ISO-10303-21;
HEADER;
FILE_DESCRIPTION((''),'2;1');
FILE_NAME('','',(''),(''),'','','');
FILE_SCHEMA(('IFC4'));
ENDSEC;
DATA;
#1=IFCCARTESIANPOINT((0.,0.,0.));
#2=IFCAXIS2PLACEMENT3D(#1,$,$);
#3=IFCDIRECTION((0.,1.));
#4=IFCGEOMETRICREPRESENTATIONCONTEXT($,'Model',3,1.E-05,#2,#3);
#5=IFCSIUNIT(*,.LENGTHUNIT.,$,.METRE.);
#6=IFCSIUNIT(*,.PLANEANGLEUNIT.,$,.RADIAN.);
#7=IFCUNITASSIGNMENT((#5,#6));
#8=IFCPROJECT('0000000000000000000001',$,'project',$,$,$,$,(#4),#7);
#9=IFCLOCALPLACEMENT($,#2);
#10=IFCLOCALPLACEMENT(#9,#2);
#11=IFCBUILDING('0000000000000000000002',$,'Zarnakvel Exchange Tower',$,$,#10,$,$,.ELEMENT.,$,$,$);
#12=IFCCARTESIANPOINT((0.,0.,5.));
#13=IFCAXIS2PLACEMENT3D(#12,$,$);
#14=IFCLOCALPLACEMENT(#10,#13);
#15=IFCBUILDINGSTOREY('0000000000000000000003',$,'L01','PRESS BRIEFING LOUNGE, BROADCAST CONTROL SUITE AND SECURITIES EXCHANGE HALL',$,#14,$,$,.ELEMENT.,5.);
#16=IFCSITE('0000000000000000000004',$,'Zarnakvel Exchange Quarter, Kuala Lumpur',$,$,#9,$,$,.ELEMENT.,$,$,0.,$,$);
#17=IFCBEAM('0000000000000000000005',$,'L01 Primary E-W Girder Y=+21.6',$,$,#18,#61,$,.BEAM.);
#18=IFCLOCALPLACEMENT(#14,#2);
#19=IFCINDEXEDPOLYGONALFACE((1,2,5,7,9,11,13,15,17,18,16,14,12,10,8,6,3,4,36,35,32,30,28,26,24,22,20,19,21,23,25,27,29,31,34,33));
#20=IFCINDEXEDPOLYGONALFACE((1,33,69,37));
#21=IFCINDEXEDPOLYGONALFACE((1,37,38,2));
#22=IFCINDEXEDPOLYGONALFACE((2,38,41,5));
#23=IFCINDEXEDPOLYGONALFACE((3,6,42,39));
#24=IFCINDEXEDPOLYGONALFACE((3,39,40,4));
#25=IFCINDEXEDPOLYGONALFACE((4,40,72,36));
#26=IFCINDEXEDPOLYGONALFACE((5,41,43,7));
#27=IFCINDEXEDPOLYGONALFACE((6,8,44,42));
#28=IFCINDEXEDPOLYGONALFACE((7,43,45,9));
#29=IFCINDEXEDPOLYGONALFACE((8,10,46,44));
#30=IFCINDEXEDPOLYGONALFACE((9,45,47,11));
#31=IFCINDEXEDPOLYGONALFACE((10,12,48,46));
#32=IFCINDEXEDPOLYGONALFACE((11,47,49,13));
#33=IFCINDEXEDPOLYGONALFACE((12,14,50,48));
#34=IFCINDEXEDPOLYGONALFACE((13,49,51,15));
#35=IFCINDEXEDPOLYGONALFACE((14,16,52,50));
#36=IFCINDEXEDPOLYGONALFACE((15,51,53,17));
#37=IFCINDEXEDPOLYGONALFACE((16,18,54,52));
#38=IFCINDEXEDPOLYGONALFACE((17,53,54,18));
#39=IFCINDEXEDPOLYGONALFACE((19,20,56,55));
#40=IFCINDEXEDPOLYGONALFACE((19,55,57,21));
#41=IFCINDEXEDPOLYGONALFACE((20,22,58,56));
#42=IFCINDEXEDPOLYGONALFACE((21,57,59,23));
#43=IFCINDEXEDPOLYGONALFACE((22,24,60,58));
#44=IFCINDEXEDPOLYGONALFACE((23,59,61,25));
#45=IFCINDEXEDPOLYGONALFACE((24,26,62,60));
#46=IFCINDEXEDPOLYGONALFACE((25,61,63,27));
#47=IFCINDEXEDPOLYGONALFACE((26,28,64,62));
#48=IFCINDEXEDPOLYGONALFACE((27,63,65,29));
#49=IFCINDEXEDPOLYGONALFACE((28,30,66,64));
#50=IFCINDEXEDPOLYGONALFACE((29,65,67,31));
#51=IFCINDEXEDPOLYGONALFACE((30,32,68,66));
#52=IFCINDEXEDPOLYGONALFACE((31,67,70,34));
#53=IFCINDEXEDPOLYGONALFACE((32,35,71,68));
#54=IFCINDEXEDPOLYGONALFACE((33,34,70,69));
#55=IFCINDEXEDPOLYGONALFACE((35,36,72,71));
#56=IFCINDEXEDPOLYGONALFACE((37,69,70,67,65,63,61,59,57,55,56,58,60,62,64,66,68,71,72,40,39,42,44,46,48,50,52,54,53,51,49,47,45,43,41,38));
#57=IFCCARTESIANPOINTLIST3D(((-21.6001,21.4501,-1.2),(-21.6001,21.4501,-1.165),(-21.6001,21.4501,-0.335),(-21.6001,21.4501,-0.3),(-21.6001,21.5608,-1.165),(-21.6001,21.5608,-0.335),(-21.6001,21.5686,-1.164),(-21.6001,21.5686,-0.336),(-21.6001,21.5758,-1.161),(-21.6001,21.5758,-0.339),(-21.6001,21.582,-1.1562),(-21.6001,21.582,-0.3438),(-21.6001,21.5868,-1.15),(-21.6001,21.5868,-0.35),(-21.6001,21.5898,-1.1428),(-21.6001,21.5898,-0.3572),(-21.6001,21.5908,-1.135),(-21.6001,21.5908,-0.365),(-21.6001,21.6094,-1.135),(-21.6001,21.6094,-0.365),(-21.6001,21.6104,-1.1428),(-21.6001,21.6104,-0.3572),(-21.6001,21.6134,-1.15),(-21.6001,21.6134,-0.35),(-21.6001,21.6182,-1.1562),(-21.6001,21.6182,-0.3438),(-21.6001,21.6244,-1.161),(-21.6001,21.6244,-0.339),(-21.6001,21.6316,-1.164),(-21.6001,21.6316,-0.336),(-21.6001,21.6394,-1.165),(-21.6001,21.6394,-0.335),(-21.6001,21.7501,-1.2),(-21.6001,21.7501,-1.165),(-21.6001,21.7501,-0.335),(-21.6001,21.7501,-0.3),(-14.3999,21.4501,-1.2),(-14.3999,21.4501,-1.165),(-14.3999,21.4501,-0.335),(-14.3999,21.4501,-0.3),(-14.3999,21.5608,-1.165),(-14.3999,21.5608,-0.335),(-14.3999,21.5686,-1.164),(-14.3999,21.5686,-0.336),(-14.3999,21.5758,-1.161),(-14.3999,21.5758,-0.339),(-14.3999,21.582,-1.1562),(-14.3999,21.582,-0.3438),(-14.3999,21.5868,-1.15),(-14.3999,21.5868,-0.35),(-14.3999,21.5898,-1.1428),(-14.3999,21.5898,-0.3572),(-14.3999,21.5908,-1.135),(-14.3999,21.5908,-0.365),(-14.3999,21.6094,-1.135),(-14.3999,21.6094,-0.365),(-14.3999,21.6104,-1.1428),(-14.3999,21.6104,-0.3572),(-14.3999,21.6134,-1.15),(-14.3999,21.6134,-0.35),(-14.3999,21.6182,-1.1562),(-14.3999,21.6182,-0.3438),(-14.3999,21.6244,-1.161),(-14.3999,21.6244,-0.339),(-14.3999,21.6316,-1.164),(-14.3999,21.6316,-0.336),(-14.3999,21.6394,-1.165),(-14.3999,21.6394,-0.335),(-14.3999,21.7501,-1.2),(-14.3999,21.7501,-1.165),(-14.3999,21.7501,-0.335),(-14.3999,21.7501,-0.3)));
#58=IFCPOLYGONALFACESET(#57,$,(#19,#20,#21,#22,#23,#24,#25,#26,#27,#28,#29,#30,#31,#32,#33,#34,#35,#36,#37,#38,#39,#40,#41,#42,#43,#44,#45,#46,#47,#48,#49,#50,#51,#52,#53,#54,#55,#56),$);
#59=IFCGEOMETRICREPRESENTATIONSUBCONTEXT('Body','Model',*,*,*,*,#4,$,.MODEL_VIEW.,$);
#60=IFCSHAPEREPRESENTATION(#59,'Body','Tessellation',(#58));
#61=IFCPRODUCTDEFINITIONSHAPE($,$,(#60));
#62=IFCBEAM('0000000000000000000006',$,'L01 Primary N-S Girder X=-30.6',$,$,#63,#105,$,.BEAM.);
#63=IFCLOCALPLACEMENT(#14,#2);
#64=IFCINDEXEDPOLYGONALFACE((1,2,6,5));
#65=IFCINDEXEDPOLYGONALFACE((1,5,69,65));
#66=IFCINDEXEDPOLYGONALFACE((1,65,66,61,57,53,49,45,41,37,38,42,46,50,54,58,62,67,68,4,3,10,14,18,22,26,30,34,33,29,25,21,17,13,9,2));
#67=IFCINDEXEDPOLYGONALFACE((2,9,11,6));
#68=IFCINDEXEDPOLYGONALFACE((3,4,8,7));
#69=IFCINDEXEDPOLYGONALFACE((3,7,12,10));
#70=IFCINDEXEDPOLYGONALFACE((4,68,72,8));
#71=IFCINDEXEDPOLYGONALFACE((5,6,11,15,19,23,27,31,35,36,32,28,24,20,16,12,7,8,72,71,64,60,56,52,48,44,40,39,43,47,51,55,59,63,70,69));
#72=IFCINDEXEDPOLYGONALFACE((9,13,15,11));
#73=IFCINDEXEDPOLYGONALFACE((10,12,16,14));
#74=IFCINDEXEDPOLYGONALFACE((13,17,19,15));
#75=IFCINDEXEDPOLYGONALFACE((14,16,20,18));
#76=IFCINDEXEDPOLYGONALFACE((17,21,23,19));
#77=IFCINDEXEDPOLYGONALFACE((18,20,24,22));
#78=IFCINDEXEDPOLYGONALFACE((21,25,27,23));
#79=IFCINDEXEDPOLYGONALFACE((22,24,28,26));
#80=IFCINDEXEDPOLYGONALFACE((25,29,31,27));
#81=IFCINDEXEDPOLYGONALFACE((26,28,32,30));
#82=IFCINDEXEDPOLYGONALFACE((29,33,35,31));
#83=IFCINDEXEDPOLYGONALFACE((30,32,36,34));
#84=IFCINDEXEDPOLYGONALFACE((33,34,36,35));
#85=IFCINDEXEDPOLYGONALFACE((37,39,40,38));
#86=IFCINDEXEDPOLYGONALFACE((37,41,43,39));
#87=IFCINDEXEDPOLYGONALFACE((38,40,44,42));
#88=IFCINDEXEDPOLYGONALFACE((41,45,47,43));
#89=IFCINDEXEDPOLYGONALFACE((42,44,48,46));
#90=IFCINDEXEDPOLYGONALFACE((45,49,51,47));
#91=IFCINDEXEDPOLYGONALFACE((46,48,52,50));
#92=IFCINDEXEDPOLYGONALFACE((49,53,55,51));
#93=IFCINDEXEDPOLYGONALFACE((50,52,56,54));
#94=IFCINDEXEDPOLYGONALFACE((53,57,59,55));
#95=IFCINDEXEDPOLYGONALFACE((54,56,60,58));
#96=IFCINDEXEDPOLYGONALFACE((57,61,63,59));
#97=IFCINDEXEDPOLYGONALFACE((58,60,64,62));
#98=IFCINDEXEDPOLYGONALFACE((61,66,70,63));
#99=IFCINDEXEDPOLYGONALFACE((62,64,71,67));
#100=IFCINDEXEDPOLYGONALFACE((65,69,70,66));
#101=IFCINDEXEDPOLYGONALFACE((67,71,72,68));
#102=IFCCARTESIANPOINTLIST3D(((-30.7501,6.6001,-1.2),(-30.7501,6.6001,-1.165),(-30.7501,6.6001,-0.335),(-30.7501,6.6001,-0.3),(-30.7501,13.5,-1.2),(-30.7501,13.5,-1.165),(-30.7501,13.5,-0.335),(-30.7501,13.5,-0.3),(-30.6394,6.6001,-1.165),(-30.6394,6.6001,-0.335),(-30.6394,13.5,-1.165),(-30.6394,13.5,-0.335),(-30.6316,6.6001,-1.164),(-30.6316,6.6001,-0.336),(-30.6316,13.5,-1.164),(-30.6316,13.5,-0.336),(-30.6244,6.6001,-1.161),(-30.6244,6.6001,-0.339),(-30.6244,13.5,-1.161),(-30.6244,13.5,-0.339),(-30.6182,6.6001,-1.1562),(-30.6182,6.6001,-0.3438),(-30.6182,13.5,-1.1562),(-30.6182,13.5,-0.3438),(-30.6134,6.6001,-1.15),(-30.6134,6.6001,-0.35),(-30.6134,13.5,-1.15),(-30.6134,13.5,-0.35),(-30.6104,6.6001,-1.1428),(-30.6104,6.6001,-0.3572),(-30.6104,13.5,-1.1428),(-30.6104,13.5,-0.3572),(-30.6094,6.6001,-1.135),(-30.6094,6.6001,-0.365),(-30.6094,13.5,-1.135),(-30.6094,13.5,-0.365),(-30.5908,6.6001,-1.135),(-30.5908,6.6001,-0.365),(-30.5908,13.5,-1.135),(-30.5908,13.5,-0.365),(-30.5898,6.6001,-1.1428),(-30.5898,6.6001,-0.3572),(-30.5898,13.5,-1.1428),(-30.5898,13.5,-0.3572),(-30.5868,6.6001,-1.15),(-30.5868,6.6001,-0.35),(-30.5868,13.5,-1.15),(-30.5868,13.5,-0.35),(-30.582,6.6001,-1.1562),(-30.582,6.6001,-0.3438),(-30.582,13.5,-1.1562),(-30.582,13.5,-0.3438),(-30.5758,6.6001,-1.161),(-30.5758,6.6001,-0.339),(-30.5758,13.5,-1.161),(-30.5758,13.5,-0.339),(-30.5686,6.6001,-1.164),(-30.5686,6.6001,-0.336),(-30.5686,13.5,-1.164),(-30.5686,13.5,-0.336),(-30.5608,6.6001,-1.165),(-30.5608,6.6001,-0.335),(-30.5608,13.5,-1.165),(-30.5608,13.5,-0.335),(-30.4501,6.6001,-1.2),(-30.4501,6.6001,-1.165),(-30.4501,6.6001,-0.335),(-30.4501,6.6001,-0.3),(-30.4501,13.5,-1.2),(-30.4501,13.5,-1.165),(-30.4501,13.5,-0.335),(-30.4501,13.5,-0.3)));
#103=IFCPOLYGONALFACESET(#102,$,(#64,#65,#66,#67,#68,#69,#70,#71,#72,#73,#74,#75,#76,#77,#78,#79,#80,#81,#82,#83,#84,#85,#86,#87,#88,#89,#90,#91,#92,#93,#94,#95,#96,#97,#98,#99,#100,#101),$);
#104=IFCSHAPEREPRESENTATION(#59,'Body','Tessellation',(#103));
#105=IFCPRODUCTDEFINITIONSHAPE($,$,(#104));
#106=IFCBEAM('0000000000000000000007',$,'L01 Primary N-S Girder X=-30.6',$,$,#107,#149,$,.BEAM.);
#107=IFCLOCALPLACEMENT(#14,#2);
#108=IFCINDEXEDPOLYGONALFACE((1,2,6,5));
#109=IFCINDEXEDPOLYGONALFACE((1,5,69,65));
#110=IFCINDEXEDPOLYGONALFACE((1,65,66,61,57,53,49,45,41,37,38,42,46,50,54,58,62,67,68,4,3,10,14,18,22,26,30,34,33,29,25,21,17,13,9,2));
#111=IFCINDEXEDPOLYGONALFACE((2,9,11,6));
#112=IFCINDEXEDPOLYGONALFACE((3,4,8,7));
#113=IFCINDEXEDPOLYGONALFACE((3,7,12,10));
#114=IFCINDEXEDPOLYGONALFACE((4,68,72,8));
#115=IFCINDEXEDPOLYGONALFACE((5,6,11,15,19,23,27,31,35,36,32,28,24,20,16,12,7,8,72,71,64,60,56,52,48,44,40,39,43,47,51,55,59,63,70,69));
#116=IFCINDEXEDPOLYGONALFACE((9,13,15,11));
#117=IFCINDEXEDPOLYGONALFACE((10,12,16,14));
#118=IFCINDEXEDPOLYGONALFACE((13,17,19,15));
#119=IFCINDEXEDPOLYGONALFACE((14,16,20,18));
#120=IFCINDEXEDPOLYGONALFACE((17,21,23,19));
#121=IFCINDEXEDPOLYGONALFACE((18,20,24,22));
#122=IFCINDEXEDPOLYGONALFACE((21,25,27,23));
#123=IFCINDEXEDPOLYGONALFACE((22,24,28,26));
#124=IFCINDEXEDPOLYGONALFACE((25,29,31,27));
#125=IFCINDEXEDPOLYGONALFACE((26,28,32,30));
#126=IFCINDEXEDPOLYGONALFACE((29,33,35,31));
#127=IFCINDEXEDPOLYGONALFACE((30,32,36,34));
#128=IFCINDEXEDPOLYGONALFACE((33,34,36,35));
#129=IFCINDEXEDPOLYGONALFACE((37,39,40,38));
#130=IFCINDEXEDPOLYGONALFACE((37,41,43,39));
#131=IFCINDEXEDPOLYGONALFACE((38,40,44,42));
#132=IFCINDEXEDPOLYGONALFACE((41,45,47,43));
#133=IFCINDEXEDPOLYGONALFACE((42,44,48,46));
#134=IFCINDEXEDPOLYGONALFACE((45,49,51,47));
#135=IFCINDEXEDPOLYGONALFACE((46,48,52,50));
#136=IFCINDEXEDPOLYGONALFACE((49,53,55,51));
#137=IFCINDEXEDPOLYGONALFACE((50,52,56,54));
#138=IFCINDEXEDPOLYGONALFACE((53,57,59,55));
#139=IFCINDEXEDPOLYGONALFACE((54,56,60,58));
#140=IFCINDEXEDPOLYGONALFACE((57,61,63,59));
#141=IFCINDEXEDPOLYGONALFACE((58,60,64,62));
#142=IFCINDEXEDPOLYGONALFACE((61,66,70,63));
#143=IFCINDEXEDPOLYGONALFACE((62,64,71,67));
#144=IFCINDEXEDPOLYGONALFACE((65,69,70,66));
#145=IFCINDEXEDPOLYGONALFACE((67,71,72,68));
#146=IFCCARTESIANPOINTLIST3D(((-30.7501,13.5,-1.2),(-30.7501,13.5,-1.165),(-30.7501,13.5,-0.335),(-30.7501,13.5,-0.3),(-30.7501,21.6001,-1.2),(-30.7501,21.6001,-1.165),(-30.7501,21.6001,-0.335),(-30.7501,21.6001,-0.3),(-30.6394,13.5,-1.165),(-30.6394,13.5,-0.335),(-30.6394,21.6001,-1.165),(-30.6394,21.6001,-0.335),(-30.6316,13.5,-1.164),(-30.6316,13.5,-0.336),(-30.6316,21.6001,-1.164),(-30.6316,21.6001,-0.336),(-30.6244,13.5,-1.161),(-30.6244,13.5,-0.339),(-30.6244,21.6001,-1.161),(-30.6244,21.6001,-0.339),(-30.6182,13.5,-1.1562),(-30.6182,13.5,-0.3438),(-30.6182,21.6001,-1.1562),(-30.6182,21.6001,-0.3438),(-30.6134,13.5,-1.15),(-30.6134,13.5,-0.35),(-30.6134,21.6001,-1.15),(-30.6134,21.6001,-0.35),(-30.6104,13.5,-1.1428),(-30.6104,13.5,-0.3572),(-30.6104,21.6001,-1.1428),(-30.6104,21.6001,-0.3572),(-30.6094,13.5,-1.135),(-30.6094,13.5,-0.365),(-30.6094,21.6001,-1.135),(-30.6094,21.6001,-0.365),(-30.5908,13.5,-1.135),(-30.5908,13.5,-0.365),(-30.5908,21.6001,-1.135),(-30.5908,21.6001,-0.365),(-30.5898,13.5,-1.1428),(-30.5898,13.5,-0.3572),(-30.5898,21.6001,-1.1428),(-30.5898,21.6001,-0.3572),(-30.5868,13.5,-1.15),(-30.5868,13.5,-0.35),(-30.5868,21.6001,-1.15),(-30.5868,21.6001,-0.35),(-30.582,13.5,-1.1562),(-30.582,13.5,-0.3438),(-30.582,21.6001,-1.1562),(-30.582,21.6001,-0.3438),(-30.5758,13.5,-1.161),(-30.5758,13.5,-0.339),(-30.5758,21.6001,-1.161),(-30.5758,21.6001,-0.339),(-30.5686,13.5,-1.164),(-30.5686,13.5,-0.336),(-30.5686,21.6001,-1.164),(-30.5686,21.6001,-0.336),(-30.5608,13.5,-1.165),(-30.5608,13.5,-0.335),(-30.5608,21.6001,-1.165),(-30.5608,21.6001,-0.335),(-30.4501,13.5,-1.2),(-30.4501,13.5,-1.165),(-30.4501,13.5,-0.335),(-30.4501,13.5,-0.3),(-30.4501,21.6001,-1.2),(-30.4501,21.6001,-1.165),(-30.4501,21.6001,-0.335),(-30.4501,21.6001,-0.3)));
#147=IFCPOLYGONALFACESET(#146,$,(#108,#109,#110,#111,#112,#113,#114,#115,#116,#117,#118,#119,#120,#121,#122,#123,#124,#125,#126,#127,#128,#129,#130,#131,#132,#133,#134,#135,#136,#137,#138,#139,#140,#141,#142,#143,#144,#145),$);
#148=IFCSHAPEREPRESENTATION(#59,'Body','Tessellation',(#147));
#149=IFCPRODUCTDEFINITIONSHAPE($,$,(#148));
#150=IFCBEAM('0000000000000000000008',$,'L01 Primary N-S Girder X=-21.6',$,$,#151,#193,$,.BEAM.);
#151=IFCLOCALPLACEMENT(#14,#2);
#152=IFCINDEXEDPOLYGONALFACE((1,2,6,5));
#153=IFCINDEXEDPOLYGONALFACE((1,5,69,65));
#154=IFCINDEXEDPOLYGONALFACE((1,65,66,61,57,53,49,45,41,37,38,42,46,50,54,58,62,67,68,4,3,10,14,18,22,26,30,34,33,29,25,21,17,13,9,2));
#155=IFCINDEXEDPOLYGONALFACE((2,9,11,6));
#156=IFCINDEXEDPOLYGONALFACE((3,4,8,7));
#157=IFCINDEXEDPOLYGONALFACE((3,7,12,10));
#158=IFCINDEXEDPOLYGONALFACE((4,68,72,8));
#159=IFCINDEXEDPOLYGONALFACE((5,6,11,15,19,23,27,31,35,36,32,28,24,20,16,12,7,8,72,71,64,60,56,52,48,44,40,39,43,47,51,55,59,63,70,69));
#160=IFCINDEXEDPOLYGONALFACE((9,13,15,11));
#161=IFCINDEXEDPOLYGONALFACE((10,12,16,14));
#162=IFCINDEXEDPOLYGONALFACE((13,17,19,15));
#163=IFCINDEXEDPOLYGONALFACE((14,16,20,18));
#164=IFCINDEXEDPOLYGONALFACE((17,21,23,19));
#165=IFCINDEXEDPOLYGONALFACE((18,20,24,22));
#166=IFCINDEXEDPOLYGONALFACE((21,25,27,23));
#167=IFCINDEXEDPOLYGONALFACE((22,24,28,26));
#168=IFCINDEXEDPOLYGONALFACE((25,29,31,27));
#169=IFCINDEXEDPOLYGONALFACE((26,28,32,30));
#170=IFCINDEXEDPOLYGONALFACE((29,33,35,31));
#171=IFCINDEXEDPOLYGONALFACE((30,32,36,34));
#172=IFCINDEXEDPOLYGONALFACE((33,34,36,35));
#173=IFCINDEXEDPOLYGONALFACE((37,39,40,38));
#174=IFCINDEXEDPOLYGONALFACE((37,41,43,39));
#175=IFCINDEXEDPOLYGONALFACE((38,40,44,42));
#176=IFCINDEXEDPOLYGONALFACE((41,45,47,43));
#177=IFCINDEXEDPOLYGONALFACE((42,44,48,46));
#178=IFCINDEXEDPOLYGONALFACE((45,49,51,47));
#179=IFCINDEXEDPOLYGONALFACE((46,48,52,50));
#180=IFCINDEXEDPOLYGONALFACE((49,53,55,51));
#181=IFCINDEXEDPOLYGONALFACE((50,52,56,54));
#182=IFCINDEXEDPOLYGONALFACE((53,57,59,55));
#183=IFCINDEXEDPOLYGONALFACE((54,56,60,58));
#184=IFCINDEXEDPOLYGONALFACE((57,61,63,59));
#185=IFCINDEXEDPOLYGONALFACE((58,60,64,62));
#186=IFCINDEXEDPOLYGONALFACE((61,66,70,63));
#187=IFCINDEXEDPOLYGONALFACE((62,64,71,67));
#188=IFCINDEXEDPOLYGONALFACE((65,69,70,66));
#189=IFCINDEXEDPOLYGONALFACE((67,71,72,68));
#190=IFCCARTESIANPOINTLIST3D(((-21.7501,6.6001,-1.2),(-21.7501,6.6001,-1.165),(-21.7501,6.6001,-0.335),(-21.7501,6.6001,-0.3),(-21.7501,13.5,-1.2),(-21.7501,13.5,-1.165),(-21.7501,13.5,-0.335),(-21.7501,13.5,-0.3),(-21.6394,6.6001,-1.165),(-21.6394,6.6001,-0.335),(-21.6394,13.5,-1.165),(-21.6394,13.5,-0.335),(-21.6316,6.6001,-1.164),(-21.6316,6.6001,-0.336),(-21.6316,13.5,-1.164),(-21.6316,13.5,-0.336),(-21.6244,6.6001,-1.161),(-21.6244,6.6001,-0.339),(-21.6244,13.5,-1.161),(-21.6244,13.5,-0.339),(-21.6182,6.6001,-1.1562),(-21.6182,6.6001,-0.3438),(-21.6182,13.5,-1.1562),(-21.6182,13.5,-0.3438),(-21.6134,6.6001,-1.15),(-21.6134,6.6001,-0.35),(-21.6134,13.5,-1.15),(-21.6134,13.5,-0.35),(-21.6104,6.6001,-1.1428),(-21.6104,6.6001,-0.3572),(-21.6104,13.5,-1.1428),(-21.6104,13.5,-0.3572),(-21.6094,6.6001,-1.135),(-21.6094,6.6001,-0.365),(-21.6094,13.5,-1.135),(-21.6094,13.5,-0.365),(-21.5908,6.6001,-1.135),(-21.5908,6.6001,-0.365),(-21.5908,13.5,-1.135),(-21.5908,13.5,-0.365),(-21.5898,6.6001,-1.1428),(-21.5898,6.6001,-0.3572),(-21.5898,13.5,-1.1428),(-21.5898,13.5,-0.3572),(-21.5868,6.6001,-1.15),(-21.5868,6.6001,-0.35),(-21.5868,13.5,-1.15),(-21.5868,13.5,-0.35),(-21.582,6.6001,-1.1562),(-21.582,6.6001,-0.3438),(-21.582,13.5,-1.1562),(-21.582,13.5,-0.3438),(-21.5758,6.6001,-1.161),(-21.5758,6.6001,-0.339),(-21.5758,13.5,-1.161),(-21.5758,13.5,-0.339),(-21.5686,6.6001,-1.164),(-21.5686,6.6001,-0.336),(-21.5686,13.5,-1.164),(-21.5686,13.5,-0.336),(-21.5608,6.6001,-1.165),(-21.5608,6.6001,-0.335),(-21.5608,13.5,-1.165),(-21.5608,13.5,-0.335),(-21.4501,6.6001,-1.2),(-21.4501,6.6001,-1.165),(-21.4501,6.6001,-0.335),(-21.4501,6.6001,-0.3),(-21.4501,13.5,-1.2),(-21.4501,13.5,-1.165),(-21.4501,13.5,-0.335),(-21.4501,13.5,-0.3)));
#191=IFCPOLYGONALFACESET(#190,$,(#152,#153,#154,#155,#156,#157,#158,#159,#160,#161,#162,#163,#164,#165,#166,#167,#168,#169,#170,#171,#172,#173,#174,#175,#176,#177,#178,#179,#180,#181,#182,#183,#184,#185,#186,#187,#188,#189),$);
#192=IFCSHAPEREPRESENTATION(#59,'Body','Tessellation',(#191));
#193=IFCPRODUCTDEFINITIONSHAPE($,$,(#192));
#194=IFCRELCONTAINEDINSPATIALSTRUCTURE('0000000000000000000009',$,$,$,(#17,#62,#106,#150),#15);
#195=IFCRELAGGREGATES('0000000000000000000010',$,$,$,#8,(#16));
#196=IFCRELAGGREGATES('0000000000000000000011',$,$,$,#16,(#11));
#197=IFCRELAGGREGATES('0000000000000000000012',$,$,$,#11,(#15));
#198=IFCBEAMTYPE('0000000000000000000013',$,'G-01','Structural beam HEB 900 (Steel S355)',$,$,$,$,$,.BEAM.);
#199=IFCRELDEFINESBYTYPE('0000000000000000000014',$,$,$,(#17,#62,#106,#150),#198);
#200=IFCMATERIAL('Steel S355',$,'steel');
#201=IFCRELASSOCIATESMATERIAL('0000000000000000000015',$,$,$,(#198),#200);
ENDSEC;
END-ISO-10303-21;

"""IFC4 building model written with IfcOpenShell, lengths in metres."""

from ifc_helpers import new_model, si_unit, direction, frame, origin, origin_2d, place, context, subcontext, project, spatial, i_section, extrude, material, material_profile, profile_set, type_object, element, save


model = new_model("IFC4")

# Units and contexts
model_context = context("Model", 3, precision=1e-05, world=origin(), true_north=direction((0.0, 1.0)))
body_context = subcontext(model_context, "Body", "Model", "MODEL_VIEW")
ifc_project = project(units=[si_unit("LENGTHUNIT", "METRE"), si_unit("PLANEANGLEUNIT", "RADIAN")], contexts=[model_context])

# Site, building, storey
site_placement = place(None, origin())
site = spatial("IfcSite", under=ifc_project, at=site_placement, Name="Zarnakvel Exchange Quarter, Kuala Lumpur", CompositionType="ELEMENT", RefElevation=0.0)
building_placement = place(site_placement, origin())
building = spatial("IfcBuilding", under=site, at=building_placement, Name="Zarnakvel Exchange Tower", CompositionType="ELEMENT")
storey_placement = place(building_placement, frame((0.0, 0.0, 5.0)))
storey = spatial("IfcBuildingStorey", under=building, at=storey_placement, Name="L01", Description="PRESS BRIEFING LOUNGE, BROADCAST CONTROL SUITE AND SECURITIES EXCHANGE HALL", CompositionType="ELEMENT", Elevation=5.0)

# Beams
ifc_material_1 = material(Name="Steel S355", Category="steel")
ifc_material_profile_1 = material_profile(ifc_material_1, i_section(OverallWidth=0.3, OverallDepth=0.8999, WebThickness=0.0186, FlangeThickness=0.0349, FilletRadius=0.03, at=origin_2d()))
ifc_profile_set_1 = profile_set([ifc_material_profile_1], Name="Steel S355")
beam_type_1 = type_object("IfcBeamType", Name="G-01", Description="Structural beam HEB 900 (Steel S355)", PredefinedType="BEAM", material=ifc_profile_set_1)
beam_1_placement = place(storey_placement, frame((-21.6001, 21.6001, -0.75), z_axis=(1.0, 0.0, 0.0), x_axis=(0.0, 1.0, 0.0)))
element("IfcBeam", 1, at=beam_1_placement, inside=storey, type_object=beam_type_1, Name="L01 Primary E-W Girder Y=+21.6", PredefinedType="BEAM", context=body_context, shape_type="SweptSolid", body=[
    extrude(i_section(OverallWidth=0.3, OverallDepth=0.8999, WebThickness=0.0186, FlangeThickness=0.0349, FilletRadius=0.03, at=origin_2d()), origin(), (0.0, 0.0, 1.0), 7.2002),
])
beam_2_placement = place(storey_placement, frame((-30.6001, 6.6001, -0.75), z_axis=(0.0, 1.0, 0.0), x_axis=(-1.0, 0.0, 0.0)))
element("IfcBeam", 2, at=beam_2_placement, inside=storey, type_object=beam_type_1, Name="L01 Primary N-S Girder X=-30.6", PredefinedType="BEAM", context=body_context, shape_type="SweptSolid", body=[
    extrude(i_section(OverallWidth=0.3, OverallDepth=0.8999, WebThickness=0.0186, FlangeThickness=0.0349, FilletRadius=0.03, at=origin_2d()), origin(), (0.0, 0.0, 1.0), 6.8999),
])
beam_3_placement = place(storey_placement, frame((-30.6001, 13.5, -0.75), z_axis=(0.0, 1.0, 0.0), x_axis=(-1.0, 0.0, 0.0)))
element("IfcBeam", 3, at=beam_3_placement, inside=storey, type_object=beam_type_1, Name="L01 Primary N-S Girder X=-30.6", PredefinedType="BEAM", context=body_context, shape_type="SweptSolid", body=[
    extrude(i_section(OverallWidth=0.3, OverallDepth=0.8999, WebThickness=0.0186, FlangeThickness=0.0349, FilletRadius=0.03, at=origin_2d()), origin(), (0.0, 0.0, 1.0), 8.1001),
])
beam_4_placement = place(storey_placement, frame((-21.6001, 6.6001, -0.75), z_axis=(0.0, 1.0, 0.0), x_axis=(-1.0, 0.0, 0.0)))
element("IfcBeam", 4, at=beam_4_placement, inside=storey, type_object=beam_type_1, Name="L01 Primary N-S Girder X=-21.6", PredefinedType="BEAM", context=body_context, shape_type="SweptSolid", body=[
    extrude(i_section(OverallWidth=0.3, OverallDepth=0.8999, WebThickness=0.0186, FlangeThickness=0.0349, FilletRadius=0.03, at=origin_2d()), origin(), (0.0, 0.0, 1.0), 6.8999),
])

save(model, "model.ifc")
